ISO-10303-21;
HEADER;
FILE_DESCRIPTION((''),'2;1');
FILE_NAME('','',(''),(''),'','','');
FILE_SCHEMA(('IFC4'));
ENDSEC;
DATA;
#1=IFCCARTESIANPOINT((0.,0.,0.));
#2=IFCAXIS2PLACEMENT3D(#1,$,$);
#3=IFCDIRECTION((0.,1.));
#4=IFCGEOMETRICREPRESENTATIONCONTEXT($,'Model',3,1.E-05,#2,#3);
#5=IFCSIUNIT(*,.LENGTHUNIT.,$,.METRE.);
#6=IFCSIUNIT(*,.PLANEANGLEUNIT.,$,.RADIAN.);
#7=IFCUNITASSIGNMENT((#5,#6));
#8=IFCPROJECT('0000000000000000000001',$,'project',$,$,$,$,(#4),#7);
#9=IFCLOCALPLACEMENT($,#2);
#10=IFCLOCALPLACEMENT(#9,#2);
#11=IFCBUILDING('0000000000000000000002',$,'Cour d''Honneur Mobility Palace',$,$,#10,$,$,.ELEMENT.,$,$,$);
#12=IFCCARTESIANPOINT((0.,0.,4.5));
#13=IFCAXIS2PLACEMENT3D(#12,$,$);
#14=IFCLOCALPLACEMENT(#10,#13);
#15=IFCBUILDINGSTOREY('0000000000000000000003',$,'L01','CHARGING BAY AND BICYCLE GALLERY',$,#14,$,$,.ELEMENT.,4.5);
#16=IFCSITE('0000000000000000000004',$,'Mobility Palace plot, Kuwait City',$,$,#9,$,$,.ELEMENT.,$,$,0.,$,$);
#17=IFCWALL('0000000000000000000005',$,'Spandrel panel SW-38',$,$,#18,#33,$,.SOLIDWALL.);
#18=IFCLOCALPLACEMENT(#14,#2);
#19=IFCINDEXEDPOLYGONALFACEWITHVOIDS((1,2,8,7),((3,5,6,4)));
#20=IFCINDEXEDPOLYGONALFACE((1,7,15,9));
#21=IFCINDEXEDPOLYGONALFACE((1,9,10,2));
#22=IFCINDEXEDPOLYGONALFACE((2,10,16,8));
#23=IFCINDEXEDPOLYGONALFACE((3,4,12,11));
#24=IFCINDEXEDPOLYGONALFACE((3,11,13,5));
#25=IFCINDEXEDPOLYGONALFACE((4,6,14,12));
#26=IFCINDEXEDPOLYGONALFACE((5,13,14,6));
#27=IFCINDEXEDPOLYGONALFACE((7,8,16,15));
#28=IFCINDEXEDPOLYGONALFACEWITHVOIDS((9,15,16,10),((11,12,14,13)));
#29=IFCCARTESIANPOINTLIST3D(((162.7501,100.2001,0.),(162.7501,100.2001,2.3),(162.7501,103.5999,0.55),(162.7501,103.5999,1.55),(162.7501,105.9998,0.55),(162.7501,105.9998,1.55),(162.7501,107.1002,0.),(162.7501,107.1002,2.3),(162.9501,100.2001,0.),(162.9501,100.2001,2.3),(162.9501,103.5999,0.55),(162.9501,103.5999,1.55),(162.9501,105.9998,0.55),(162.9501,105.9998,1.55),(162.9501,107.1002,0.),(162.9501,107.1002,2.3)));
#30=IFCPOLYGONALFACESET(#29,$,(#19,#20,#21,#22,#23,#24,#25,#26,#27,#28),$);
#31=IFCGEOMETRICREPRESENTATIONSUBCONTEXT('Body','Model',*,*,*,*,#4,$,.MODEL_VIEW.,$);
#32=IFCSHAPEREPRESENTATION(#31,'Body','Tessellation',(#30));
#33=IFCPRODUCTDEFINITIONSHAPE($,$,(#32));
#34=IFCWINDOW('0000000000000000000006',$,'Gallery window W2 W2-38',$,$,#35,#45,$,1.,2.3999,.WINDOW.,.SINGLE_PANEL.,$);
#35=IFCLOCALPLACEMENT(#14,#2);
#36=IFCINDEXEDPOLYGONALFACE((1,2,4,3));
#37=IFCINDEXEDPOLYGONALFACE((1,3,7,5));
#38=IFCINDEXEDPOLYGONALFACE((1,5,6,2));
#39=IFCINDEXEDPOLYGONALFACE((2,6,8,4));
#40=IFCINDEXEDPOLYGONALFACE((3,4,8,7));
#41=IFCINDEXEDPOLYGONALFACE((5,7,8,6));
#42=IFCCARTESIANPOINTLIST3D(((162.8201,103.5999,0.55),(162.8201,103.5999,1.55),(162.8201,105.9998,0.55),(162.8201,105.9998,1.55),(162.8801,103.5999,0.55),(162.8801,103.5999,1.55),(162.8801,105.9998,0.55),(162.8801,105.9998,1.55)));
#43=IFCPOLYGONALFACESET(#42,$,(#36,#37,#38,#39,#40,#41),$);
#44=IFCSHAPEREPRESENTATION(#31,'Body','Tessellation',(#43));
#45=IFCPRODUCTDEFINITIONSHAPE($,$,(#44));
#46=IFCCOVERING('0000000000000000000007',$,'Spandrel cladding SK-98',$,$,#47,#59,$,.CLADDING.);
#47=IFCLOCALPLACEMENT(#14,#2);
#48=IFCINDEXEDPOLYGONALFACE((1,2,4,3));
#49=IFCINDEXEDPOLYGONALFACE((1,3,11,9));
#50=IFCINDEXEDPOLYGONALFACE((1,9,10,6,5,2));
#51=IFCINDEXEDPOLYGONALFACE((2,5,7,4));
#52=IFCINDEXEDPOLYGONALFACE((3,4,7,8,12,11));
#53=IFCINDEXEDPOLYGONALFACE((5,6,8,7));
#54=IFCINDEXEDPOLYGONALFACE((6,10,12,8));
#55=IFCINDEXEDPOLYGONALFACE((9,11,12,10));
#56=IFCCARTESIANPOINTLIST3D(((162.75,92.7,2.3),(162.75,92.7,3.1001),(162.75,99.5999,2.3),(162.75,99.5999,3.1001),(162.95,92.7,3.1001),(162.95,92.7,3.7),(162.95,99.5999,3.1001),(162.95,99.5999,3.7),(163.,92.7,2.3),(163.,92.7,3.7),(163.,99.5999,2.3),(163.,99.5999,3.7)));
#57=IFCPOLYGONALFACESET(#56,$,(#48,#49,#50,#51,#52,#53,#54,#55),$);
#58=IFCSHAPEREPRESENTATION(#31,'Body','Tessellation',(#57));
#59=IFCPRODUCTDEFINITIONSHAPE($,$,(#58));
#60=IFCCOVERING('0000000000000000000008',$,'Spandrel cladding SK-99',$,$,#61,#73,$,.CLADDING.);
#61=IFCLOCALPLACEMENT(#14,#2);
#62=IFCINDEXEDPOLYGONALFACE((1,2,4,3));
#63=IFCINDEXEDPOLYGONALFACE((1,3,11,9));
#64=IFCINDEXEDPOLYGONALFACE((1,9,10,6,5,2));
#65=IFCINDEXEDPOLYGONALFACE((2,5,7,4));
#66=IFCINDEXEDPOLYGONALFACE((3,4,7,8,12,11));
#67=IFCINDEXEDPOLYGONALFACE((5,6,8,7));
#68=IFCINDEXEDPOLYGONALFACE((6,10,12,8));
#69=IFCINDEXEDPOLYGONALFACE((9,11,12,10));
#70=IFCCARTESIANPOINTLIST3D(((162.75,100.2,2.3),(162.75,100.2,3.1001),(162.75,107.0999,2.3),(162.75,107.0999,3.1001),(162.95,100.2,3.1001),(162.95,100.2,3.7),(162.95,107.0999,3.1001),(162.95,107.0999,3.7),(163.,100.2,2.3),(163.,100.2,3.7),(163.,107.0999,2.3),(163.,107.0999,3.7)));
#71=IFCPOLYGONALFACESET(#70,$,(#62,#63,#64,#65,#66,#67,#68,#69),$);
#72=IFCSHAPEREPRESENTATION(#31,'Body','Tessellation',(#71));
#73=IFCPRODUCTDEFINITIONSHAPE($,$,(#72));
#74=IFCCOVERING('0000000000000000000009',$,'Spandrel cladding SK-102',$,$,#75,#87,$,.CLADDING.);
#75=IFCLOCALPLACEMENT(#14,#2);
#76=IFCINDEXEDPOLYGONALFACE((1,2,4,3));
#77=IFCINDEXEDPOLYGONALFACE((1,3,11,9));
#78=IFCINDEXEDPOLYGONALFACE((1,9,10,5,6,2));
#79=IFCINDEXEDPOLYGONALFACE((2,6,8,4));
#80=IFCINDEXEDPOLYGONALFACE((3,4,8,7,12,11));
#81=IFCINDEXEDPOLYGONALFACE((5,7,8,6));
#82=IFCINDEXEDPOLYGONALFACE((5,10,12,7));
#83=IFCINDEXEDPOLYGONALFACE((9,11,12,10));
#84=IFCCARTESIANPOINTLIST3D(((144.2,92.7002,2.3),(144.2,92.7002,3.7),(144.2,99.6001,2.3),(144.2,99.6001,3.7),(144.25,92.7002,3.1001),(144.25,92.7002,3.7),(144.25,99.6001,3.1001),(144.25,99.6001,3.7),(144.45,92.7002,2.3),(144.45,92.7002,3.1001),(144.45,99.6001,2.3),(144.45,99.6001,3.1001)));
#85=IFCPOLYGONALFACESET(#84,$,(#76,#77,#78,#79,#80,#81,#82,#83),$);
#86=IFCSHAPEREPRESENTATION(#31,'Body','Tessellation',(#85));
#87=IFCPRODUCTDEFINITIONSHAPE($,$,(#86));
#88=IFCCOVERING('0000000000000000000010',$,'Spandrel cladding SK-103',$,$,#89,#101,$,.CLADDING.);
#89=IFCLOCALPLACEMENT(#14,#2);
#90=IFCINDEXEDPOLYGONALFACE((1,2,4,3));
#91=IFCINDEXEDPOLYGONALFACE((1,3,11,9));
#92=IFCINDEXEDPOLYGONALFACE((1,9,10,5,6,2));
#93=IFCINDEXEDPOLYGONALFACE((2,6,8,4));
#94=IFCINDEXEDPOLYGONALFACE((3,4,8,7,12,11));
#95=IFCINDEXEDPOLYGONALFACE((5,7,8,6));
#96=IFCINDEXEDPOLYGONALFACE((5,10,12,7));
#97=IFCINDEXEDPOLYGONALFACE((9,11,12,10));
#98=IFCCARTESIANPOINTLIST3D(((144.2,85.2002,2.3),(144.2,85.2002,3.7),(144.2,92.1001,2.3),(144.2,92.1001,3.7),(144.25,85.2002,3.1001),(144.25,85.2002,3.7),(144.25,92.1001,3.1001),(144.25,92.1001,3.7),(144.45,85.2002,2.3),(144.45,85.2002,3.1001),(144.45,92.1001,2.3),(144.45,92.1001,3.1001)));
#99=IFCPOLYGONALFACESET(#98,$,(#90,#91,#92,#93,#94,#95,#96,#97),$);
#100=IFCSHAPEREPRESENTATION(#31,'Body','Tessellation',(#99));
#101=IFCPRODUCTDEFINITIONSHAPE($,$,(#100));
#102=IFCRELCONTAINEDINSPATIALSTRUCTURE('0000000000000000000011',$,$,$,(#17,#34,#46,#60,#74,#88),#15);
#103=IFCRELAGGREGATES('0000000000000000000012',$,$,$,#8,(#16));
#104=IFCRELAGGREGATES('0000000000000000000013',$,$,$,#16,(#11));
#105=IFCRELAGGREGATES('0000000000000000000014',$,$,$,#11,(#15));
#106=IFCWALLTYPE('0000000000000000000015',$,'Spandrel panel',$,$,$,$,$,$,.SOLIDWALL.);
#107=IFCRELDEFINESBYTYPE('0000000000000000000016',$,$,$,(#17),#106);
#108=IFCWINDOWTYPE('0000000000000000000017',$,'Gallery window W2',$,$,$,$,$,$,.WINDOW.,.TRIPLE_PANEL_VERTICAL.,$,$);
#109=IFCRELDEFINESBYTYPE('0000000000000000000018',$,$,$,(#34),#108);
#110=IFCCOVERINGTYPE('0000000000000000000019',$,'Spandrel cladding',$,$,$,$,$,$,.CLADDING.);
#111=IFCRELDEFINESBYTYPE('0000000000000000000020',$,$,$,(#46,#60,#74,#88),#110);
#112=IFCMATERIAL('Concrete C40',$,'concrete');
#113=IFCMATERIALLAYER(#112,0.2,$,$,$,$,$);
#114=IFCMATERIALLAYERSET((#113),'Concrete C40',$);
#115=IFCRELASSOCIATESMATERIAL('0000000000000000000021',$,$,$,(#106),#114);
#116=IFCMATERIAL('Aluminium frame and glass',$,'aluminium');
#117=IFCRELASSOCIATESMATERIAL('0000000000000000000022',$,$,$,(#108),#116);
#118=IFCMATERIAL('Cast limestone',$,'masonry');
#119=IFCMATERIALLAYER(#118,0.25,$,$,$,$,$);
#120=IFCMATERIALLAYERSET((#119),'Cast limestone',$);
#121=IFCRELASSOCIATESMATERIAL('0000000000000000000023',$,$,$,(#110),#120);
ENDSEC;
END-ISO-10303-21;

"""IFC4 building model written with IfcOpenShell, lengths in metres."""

from ifc_helpers import new_model, si_unit, direction, frame, frame_2d, origin, place, context, subcontext, project, spatial, polyline, rectangle, outline, extrude, material, layer, layer_set, type_object, element, fill, save


model = new_model("IFC4")

# Units and contexts
model_context = context("Model", 3, precision=1e-05, world=origin(), true_north=direction((0.0, 1.0)))
body_context = subcontext(model_context, "Body", "Model", "MODEL_VIEW")
ifc_project = project(units=[si_unit("LENGTHUNIT", "METRE"), si_unit("PLANEANGLEUNIT", "RADIAN")], contexts=[model_context])

# Site, building, storey
site_placement = place(None, origin())
site = spatial("IfcSite", under=ifc_project, at=site_placement, Name="Mobility Palace plot, Kuwait City", CompositionType="ELEMENT", RefElevation=0.0)
building_placement = place(site_placement, origin())
building = spatial("IfcBuilding", under=site, at=building_placement, Name="Cour d'Honneur Mobility Palace", CompositionType="ELEMENT")
storey_placement = place(building_placement, frame((0.0, 0.0, 4.5)))
storey = spatial("IfcBuildingStorey", under=building, at=storey_placement, Name="L01", Description="CHARGING BAY AND BICYCLE GALLERY", CompositionType="ELEMENT", Elevation=4.5)

# Wall, opening, window
ifc_material_1 = material(Name="Concrete C40", Category="concrete")
ifc_layer_1 = layer(ifc_material_1, 0.2)
ifc_layer_set_1 = layer_set([ifc_layer_1], Name="Concrete C40")
wall_type_1 = type_object("IfcWallType", Name="Spandrel panel", PredefinedType="SOLIDWALL", material=ifc_layer_set_1)
ifc_material_2 = material(Name="Aluminium frame and glass", Category="aluminium")
window_type = type_object("IfcWindowType", Name="Gallery window W2", PartitioningType="TRIPLE_PANEL_VERTICAL", PredefinedType="WINDOW", material=ifc_material_2)
wall_1_placement = place(storey_placement, frame((162.8501, 100.2, 0.0), z_axis=(0.0, 0.0, 1.0), x_axis=(0.0, 1.0, 0.0)))
wall_1 = element("IfcWall", 1, at=wall_1_placement, inside=storey, type_object=wall_type_1, Name="Spandrel panel SW-38", PredefinedType="SOLIDWALL", context=body_context, shape_type="SweptSolid", body=[
    extrude(rectangle(XDim=6.9001, YDim=0.2, at=frame_2d((3.4502, 0.0))), origin(), (0.0, 0.0, 1.0), 2.3),
])
opening_1_placement = place(wall_1_placement, frame((3.3999, 0.0, 0.55)))
opening_1 = element("IfcOpeningElement", 2, at=opening_1_placement, cuts=wall_1, PredefinedType="OPENING", context=body_context, shape_type="SweptSolid", body=[
    extrude(rectangle(XDim=2.3999, YDim=1.0, at=frame_2d((1.2, 0.5))), frame((0.0, 0.1099, 0.0), z_axis=(0.0, -1.0, 0.0), x_axis=(1.0, 0.0, 0.0)), (0.0, 0.0, 1.0), 0.22),
])
window_1_placement = place(opening_1_placement, origin())
window_1 = element("IfcWindow", 3, at=window_1_placement, inside=storey, type_object=window_type, Name="Gallery window W2 W2-38", OverallHeight=1.0, OverallWidth=2.3999, PartitioningType="SINGLE_PANEL", PredefinedType="WINDOW", context=body_context, shape_type="SweptSolid", body=[
    extrude(rectangle(XDim=2.3999, YDim=1.0, at=frame_2d((1.2, 0.5))), frame((0.0, 0.03, 0.0), z_axis=(0.0, -1.0, 0.0), x_axis=(1.0, 0.0, 0.0)), (0.0, 0.0, 1.0), 0.0601),
])
fill(opening_1, window_1)

# Coverings
ifc_material_3 = material(Name="Cast limestone", Category="masonry")
ifc_layer_2 = layer(ifc_material_3, 0.25)
ifc_layer_set_2 = layer_set([ifc_layer_2], Name="Cast limestone")
covering_type = type_object("IfcCoveringType", Name="Spandrel cladding", PredefinedType="CLADDING", material=ifc_layer_set_2)
for number, where, z_axis, x_axis, name in (
    (4, (162.75, 92.7, 2.3), (0.0, -1.0, 0.0), (1.0, 0.0, 0.0), "Spandrel cladding SK-98"),
    (5, (162.75, 100.2, 2.3), (0.0, -1.0, 0.0), (1.0, 0.0, 0.0), "Spandrel cladding SK-99"),
    (6, (144.45, 99.6001, 2.3), (0.0, 1.0, 0.0), (-1.0, 0.0, 0.0), "Spandrel cladding SK-102"),
    (7, (144.45, 92.1001, 2.3), (0.0, 1.0, 0.0), (-1.0, 0.0, 0.0), "Spandrel cladding SK-103"),
):
    element("IfcCovering", number, at=place(storey_placement, frame(where, z_axis=z_axis, x_axis=x_axis)), inside=storey, type_object=covering_type, Name=name, PredefinedType="CLADDING", context=body_context, shape_type="SweptSolid", body=[
        extrude(outline(polyline([(0.0, 0.0), (0.25, 0.0), (0.25, 1.3999), (0.2, 1.3999), (0.2, 0.8), (0.0, 0.8), (0.0, 0.0)])), origin(), (0.0, 0.0, -1.0), 6.8999),
    ])

save(model, "model.ifc")
